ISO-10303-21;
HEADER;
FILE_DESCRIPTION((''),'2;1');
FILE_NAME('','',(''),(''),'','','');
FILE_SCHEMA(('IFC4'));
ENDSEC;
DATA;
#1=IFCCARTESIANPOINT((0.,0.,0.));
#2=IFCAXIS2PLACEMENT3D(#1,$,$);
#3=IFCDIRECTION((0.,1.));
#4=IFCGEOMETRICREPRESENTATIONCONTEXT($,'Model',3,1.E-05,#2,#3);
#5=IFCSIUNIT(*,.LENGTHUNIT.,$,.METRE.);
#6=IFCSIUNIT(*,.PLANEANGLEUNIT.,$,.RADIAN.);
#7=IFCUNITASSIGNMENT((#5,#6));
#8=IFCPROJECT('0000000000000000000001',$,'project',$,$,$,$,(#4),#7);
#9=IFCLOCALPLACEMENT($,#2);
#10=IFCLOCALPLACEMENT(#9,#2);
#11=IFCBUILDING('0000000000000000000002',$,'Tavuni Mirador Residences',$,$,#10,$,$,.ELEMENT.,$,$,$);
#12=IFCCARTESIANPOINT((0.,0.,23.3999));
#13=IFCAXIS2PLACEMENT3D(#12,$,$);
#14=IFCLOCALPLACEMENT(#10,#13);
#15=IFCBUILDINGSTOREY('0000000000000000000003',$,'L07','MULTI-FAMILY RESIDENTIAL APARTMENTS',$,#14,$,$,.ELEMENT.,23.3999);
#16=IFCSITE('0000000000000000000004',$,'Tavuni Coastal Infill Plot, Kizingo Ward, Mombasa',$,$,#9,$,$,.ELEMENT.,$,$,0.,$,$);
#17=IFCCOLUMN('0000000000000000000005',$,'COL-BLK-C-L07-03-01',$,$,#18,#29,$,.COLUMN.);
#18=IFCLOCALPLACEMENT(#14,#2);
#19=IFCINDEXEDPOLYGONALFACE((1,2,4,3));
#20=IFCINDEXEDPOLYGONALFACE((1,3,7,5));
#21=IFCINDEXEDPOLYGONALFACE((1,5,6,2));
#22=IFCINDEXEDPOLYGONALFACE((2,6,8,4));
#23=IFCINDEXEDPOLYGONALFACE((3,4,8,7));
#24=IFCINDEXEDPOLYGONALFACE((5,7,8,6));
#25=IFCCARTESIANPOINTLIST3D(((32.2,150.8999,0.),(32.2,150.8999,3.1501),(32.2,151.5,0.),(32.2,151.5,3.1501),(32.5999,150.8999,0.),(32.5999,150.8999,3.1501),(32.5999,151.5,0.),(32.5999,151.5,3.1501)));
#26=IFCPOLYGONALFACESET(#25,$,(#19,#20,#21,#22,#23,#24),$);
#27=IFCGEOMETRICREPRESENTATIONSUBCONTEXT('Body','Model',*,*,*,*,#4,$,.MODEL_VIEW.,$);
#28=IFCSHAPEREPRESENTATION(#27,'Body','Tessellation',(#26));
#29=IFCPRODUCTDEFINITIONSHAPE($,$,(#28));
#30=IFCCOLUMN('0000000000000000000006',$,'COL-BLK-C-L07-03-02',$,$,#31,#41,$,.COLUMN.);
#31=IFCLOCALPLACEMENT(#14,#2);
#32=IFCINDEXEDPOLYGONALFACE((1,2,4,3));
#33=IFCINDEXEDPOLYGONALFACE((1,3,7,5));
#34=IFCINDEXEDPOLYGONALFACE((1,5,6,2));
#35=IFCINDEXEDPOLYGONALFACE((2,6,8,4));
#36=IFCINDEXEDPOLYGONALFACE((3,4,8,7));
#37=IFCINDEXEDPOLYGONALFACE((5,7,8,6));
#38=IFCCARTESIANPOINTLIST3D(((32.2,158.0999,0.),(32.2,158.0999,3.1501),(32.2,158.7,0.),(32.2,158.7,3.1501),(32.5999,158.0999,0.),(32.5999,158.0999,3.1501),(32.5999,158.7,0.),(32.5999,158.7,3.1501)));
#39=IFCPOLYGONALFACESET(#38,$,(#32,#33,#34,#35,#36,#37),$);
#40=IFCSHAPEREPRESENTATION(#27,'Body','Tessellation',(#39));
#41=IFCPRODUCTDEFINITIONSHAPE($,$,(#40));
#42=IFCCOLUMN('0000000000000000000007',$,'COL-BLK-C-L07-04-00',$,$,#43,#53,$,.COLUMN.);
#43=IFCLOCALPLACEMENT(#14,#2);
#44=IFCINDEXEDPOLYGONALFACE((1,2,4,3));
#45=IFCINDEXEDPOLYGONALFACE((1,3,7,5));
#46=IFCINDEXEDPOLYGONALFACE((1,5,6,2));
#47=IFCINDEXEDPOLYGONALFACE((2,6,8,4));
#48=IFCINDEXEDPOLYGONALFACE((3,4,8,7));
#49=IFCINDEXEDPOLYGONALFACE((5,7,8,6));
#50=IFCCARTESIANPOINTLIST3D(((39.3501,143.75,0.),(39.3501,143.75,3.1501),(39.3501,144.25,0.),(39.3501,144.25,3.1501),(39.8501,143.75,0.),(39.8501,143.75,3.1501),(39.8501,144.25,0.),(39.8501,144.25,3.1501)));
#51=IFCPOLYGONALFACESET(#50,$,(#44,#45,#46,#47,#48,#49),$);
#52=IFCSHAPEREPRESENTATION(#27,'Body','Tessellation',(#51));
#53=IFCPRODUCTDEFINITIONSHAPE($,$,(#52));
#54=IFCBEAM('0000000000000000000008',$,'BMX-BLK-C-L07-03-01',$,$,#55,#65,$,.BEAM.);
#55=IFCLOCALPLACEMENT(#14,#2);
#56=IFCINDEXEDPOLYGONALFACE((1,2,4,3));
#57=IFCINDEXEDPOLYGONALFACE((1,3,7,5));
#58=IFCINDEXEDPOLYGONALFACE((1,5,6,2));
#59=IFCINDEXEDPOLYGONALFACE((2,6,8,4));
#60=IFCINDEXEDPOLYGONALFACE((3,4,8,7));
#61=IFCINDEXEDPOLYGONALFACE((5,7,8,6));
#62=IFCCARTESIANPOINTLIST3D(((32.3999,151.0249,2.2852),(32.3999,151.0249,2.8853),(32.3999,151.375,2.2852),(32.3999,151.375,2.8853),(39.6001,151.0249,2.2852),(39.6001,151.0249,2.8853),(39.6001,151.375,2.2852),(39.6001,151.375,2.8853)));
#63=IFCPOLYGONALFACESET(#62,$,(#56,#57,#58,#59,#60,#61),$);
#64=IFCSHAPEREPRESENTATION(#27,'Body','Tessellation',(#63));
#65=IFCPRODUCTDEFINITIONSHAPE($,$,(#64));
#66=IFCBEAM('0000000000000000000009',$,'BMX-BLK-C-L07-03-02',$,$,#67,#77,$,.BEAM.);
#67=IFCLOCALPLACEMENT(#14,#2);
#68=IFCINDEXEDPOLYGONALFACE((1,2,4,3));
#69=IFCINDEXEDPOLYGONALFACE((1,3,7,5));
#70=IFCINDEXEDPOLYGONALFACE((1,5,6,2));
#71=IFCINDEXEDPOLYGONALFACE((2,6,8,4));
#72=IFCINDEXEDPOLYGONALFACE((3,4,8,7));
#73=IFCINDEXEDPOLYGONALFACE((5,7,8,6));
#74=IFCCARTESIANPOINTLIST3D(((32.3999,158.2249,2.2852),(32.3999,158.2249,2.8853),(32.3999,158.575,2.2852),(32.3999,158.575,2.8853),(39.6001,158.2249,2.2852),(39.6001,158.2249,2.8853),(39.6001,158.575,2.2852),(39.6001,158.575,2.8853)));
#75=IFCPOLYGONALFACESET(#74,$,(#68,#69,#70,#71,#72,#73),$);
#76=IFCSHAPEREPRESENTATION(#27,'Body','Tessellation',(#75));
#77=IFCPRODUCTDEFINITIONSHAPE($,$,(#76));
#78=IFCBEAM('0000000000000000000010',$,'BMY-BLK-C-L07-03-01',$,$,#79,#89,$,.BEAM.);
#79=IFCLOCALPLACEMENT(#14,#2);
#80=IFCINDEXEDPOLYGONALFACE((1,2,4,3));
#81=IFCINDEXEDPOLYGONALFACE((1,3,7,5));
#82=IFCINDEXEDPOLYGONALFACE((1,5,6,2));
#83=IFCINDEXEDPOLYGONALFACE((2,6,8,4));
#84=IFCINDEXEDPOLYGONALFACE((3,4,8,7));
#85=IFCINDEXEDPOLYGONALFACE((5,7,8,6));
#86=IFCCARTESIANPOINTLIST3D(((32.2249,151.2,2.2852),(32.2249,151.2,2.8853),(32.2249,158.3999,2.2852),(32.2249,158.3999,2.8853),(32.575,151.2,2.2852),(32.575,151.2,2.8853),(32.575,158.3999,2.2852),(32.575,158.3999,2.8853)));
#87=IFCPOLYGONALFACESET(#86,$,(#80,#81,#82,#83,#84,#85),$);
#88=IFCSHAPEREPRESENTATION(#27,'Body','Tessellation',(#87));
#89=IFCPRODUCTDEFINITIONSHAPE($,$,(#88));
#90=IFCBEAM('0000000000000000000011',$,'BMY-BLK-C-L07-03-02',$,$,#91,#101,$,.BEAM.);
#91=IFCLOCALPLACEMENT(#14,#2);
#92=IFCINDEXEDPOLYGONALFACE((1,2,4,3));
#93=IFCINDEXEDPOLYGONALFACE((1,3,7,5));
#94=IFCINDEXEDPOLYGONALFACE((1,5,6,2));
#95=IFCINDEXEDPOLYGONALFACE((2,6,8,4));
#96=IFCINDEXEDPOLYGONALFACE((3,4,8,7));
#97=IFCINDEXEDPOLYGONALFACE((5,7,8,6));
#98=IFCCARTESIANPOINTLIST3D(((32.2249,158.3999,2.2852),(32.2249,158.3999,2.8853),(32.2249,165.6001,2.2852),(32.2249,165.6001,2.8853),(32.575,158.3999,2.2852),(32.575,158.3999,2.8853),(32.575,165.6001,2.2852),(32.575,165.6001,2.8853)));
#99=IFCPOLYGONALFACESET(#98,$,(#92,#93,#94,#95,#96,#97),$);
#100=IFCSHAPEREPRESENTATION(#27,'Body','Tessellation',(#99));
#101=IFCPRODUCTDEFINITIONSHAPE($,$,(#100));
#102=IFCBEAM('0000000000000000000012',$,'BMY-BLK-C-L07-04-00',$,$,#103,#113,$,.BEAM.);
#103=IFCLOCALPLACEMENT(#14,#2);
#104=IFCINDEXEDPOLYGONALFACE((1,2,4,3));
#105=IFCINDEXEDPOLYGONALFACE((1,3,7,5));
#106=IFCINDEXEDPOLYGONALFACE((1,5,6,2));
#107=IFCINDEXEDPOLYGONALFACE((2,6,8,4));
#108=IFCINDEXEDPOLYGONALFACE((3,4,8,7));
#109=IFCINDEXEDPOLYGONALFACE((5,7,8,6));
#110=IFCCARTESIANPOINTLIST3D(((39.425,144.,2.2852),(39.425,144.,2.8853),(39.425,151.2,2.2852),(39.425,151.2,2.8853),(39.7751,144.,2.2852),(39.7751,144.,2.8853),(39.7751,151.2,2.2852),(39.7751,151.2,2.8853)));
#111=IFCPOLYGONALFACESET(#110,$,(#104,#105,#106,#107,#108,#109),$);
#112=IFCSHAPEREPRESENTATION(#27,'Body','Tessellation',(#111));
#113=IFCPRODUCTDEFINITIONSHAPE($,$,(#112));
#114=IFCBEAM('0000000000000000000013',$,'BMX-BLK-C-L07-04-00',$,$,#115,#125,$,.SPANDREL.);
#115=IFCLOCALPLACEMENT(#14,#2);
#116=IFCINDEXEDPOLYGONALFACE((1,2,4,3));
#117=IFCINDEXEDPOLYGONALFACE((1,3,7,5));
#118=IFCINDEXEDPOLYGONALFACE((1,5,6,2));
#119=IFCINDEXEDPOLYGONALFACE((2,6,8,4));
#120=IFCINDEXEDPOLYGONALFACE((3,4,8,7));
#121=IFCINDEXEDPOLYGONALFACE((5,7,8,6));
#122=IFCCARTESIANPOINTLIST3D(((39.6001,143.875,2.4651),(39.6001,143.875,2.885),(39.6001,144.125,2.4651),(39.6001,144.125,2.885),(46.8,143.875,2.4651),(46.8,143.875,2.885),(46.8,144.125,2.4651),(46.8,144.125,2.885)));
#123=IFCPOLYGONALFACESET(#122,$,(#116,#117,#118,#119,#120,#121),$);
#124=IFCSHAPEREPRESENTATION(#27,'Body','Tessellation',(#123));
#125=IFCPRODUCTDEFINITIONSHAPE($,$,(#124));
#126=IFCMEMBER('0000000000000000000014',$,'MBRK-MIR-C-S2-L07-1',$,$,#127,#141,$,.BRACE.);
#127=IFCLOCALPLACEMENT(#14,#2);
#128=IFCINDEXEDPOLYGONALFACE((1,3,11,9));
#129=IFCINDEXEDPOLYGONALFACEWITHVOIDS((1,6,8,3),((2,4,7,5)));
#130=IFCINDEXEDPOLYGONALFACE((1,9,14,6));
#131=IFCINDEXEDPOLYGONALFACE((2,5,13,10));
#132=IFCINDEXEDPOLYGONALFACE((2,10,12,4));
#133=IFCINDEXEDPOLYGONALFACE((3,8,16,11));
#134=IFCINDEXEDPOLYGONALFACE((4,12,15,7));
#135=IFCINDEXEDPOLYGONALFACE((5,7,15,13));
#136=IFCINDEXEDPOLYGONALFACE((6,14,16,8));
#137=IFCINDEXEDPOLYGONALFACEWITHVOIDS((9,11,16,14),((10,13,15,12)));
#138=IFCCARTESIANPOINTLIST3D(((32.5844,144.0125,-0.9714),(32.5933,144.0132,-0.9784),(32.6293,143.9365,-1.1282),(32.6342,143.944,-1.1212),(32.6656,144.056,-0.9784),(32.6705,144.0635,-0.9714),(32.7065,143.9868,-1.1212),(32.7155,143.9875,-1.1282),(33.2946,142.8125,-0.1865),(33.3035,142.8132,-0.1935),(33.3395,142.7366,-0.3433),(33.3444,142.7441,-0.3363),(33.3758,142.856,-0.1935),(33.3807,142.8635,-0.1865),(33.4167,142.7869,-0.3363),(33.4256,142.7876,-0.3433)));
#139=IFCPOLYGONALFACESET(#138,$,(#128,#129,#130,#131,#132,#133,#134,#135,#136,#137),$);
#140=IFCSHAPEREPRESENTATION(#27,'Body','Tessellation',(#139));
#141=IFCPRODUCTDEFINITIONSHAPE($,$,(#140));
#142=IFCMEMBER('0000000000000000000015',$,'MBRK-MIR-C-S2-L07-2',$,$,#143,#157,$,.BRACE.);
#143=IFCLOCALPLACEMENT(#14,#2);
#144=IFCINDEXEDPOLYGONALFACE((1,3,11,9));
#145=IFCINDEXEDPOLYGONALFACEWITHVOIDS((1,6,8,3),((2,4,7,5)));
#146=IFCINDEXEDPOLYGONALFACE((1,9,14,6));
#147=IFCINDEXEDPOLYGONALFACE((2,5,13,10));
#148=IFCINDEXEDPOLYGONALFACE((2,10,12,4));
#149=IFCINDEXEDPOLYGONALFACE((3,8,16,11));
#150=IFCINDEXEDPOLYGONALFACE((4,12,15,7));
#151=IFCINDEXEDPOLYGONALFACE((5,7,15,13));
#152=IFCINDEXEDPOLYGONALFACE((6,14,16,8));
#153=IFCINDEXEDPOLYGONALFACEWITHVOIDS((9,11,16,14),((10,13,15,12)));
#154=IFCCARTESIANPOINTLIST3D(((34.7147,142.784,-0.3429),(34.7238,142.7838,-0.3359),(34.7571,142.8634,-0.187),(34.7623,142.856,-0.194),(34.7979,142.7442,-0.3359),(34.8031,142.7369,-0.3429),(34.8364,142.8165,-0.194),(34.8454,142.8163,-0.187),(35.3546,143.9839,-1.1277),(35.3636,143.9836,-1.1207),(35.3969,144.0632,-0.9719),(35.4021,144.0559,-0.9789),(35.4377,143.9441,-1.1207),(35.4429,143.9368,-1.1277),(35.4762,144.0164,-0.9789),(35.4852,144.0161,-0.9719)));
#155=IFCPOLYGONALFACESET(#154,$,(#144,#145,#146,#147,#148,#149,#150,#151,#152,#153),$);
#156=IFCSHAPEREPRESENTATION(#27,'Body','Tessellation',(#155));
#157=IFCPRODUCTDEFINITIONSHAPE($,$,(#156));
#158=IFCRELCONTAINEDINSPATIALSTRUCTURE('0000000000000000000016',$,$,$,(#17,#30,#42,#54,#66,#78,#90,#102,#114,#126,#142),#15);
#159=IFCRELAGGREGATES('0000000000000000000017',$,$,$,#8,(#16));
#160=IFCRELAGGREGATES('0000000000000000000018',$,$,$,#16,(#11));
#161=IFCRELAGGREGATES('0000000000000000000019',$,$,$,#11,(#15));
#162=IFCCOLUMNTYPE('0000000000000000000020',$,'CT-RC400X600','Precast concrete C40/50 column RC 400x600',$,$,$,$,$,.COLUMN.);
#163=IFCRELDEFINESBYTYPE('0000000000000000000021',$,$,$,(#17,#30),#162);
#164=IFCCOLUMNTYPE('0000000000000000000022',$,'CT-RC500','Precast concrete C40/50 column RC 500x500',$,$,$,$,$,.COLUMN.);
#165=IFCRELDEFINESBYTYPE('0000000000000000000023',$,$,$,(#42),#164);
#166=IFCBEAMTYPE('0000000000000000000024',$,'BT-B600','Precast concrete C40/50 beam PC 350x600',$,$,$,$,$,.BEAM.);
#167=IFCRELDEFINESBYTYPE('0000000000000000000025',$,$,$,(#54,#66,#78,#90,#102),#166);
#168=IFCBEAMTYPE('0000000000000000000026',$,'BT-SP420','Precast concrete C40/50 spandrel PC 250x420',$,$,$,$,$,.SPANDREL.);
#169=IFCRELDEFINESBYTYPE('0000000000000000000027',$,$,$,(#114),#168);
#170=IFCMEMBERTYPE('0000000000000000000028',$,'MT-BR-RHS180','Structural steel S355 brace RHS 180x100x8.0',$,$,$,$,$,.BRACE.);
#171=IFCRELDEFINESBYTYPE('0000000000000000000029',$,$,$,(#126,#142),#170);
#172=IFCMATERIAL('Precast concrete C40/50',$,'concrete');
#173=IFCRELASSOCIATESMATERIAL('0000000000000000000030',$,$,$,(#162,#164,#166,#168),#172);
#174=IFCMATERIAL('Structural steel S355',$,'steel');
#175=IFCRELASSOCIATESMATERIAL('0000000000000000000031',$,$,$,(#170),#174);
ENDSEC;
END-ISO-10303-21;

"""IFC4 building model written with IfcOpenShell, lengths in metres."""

from ifc_helpers import new_model, si_unit, direction, frame, origin, origin_2d, place, context, subcontext, project, spatial, rectangle, hollow_rectangle, extrude, material, material_profile, profile_set, type_object, element, save


model = new_model("IFC4")

# Units and contexts
model_context = context("Model", 3, precision=1e-05, world=origin(), true_north=direction((0.0, 1.0)))
body_context = subcontext(model_context, "Body", "Model", "MODEL_VIEW")
ifc_project = project(units=[si_unit("LENGTHUNIT", "METRE"), si_unit("PLANEANGLEUNIT", "RADIAN")], contexts=[model_context])

# Site, building, storey
site_placement = place(None, origin())
site = spatial("IfcSite", under=ifc_project, at=site_placement, Name="Tavuni Coastal Infill Plot, Kizingo Ward, Mombasa", CompositionType="ELEMENT", RefElevation=0.0)
building_placement = place(site_placement, origin())
building = spatial("IfcBuilding", under=site, at=building_placement, Name="Tavuni Mirador Residences", CompositionType="ELEMENT")
storey_placement = place(building_placement, frame((0.0, 0.0, 23.3999)))
storey = spatial("IfcBuildingStorey", under=building, at=storey_placement, Name="L07", Description="MULTI-FAMILY RESIDENTIAL APARTMENTS", CompositionType="ELEMENT", Elevation=23.3999)

# Columns
ifc_material_1 = material(Name="Precast concrete C40/50", Category="concrete")
ifc_material_profile_1 = material_profile(ifc_material_1, rectangle(XDim=0.3999, YDim=0.6001, at=origin_2d()), Name="RC 400x600", Category="concrete")
ifc_profile_set_1 = profile_set([ifc_material_profile_1], Name="Precast concrete C40/50")
column_type_1 = type_object("IfcColumnType", Name="CT-RC400X600", Description="Precast concrete C40/50 column RC 400x600", PredefinedType="COLUMN", material=ifc_profile_set_1)
for number, where, z_axis, x_axis, name in (
    (1, (32.3999, 151.2, 0.0), (0.0, 0.0, 1.0), (1.0, 0.0, 0.0), "COL-BLK-C-L07-03-01"),
    (2, (32.3999, 158.3999, 0.0), (0.0, 0.0, 1.0), (1.0, 0.0, 0.0), "COL-BLK-C-L07-03-02"),
):
    element("IfcColumn", number, at=place(storey_placement, frame(where, z_axis=z_axis, x_axis=x_axis)), inside=storey, type_object=column_type_1, Name=name, PredefinedType="COLUMN", context=body_context, shape_type="SweptSolid", body=[
        extrude(rectangle(XDim=0.3999, YDim=0.6001, at=origin_2d()), origin(), (0.0, 0.0, 1.0), 3.1501),
    ])
ifc_material_profile_2 = material_profile(ifc_material_1, rectangle(XDim=0.5, YDim=0.5, at=origin_2d()), Name="RC 500x500", Category="concrete")
ifc_profile_set_2 = profile_set([ifc_material_profile_2], Name="Precast concrete C40/50")
column_type_2 = type_object("IfcColumnType", Name="CT-RC500", Description="Precast concrete C40/50 column RC 500x500", PredefinedType="COLUMN", material=ifc_profile_set_2)
column_placement = place(storey_placement, frame((39.6001, 144.0, 0.0), z_axis=(0.0, 0.0, 1.0), x_axis=(1.0, 0.0, 0.0)))
element("IfcColumn", 3, at=column_placement, inside=storey, type_object=column_type_2, Name="COL-BLK-C-L07-04-00", PredefinedType="COLUMN", context=body_context, shape_type="SweptSolid", body=[
    extrude(rectangle(XDim=0.5, YDim=0.5, at=origin_2d()), origin(), (0.0, 0.0, 1.0), 3.1501),
])

# Beams
ifc_material_profile_3 = material_profile(ifc_material_1, rectangle(XDim=0.3501, YDim=0.6001, at=origin_2d()), Name="PC 350x600", Category="concrete")
ifc_profile_set_3 = profile_set([ifc_material_profile_3], Name="Precast concrete C40/50")
beam_type_1 = type_object("IfcBeamType", Name="BT-B600", Description="Precast concrete C40/50 beam PC 350x600", PredefinedType="BEAM", material=ifc_profile_set_3)
for number, where, z_axis, x_axis, name in (
    (4, (32.3999, 151.2, 2.5852), (1.0, 0.0, 0.0), (0.0, 1.0, 0.0), "BMX-BLK-C-L07-03-01"),
    (5, (32.3999, 158.3999, 2.5852), (1.0, 0.0, 0.0), (0.0, 1.0, 0.0), "BMX-BLK-C-L07-03-02"),
):
    element("IfcBeam", number, at=place(storey_placement, frame(where, z_axis=z_axis, x_axis=x_axis)), inside=storey, type_object=beam_type_1, Name=name, PredefinedType="BEAM", context=body_context, shape_type="SweptSolid", body=[
        extrude(rectangle(XDim=0.3501, YDim=0.6001, at=origin_2d()), origin(), (0.0, 0.0, 1.0), 7.2002),
    ])
beam_1_placement = place(storey_placement, frame((32.3999, 151.2, 2.5852), z_axis=(0.0, 1.0, 0.0), x_axis=(-1.0, 0.0, 0.0)))
element("IfcBeam", 6, at=beam_1_placement, inside=storey, type_object=beam_type_1, Name="BMY-BLK-C-L07-03-01", PredefinedType="BEAM", context=body_context, shape_type="SweptSolid", body=[
    extrude(rectangle(XDim=0.3501, YDim=0.6001, at=origin_2d()), origin(), (0.0, 0.0, 1.0), 7.2),
])
beam_2_placement = place(storey_placement, frame((32.3999, 158.3999, 2.5852), z_axis=(0.0, 1.0, 0.0), x_axis=(-1.0, 0.0, 0.0)))
element("IfcBeam", 7, at=beam_2_placement, inside=storey, type_object=beam_type_1, Name="BMY-BLK-C-L07-03-02", PredefinedType="BEAM", context=body_context, shape_type="SweptSolid", body=[
    extrude(rectangle(XDim=0.3501, YDim=0.6001, at=origin_2d()), origin(), (0.0, 0.0, 1.0), 7.2002),
])
beam_3_placement = place(storey_placement, frame((39.6001, 144.0, 2.5852), z_axis=(0.0, 1.0, 0.0), x_axis=(-1.0, 0.0, 0.0)))
element("IfcBeam", 8, at=beam_3_placement, inside=storey, type_object=beam_type_1, Name="BMY-BLK-C-L07-04-00", PredefinedType="BEAM", context=body_context, shape_type="SweptSolid", body=[
    extrude(rectangle(XDim=0.3501, YDim=0.6001, at=origin_2d()), origin(), (0.0, 0.0, 1.0), 7.2),
])
ifc_material_profile_4 = material_profile(ifc_material_1, rectangle(XDim=0.25, YDim=0.4199, at=origin_2d()), Name="PC 250x420", Category="concrete")
ifc_profile_set_4 = profile_set([ifc_material_profile_4], Name="Precast concrete C40/50")
beam_type_2 = type_object("IfcBeamType", Name="BT-SP420", Description="Precast concrete C40/50 spandrel PC 250x420", PredefinedType="SPANDREL", material=ifc_profile_set_4)
beam_4_placement = place(storey_placement, frame((39.6001, 144.0, 2.675), z_axis=(1.0, 0.0, 0.0), x_axis=(0.0, 1.0, 0.0)))
element("IfcBeam", 9, at=beam_4_placement, inside=storey, type_object=beam_type_2, Name="BMX-BLK-C-L07-04-00", PredefinedType="SPANDREL", context=body_context, shape_type="SweptSolid", body=[
    extrude(rectangle(XDim=0.25, YDim=0.4199, at=origin_2d()), origin(), (0.0, 0.0, 1.0), 7.2),
])

# Members
ifc_material_2 = material(Name="Structural steel S355", Category="steel")
ifc_material_profile_5 = material_profile(ifc_material_2, hollow_rectangle(XDim=0.1001, YDim=0.1799, WallThickness=0.0081, at=origin_2d()), Name="RHS 180x100x8.0", Category="steel")
ifc_profile_set_5 = profile_set([ifc_material_profile_5], Name="Structural steel S355")
member_type = type_object("IfcMemberType", Name="MT-BR-RHS180", Description="Structural steel S355 brace RHS 180x100x8.0", PredefinedType="BRACE", material=ifc_profile_set_5)
member_1_placement = place(storey_placement, frame((32.6499, 144.0, -1.0498), z_axis=(0.443847, -0.749917, 0.490535), x_axis=(0.860567, 0.509337, 0.0)))
element("IfcMember", 10, at=member_1_placement, inside=storey, type_object=member_type, Name="MBRK-MIR-C-S2-L07-1", PredefinedType="BRACE", context=body_context, shape_type="SweptSolid", body=[
    extrude(hollow_rectangle(XDim=0.1001, YDim=0.1799, WallThickness=0.0081, at=origin_2d()), origin(), (0.0, 0.0, 1.0), 1.6001),
])
member_2_placement = place(storey_placement, frame((35.4199, 144.0, -1.0498), z_axis=(-0.407531, -0.764218, 0.49989), x_axis=(0.882378, -0.470542, 0.0)))
element("IfcMember", 11, at=member_2_placement, inside=storey, type_object=member_type, Name="MBRK-MIR-C-S2-L07-2", PredefinedType="BRACE", context=body_context, shape_type="SweptSolid", body=[
    extrude(hollow_rectangle(XDim=0.1001, YDim=0.1799, WallThickness=0.0081, at=origin_2d()), origin(), (0.0, 0.0, 1.0), 1.5701),
])

save(model, "model.ifc")
